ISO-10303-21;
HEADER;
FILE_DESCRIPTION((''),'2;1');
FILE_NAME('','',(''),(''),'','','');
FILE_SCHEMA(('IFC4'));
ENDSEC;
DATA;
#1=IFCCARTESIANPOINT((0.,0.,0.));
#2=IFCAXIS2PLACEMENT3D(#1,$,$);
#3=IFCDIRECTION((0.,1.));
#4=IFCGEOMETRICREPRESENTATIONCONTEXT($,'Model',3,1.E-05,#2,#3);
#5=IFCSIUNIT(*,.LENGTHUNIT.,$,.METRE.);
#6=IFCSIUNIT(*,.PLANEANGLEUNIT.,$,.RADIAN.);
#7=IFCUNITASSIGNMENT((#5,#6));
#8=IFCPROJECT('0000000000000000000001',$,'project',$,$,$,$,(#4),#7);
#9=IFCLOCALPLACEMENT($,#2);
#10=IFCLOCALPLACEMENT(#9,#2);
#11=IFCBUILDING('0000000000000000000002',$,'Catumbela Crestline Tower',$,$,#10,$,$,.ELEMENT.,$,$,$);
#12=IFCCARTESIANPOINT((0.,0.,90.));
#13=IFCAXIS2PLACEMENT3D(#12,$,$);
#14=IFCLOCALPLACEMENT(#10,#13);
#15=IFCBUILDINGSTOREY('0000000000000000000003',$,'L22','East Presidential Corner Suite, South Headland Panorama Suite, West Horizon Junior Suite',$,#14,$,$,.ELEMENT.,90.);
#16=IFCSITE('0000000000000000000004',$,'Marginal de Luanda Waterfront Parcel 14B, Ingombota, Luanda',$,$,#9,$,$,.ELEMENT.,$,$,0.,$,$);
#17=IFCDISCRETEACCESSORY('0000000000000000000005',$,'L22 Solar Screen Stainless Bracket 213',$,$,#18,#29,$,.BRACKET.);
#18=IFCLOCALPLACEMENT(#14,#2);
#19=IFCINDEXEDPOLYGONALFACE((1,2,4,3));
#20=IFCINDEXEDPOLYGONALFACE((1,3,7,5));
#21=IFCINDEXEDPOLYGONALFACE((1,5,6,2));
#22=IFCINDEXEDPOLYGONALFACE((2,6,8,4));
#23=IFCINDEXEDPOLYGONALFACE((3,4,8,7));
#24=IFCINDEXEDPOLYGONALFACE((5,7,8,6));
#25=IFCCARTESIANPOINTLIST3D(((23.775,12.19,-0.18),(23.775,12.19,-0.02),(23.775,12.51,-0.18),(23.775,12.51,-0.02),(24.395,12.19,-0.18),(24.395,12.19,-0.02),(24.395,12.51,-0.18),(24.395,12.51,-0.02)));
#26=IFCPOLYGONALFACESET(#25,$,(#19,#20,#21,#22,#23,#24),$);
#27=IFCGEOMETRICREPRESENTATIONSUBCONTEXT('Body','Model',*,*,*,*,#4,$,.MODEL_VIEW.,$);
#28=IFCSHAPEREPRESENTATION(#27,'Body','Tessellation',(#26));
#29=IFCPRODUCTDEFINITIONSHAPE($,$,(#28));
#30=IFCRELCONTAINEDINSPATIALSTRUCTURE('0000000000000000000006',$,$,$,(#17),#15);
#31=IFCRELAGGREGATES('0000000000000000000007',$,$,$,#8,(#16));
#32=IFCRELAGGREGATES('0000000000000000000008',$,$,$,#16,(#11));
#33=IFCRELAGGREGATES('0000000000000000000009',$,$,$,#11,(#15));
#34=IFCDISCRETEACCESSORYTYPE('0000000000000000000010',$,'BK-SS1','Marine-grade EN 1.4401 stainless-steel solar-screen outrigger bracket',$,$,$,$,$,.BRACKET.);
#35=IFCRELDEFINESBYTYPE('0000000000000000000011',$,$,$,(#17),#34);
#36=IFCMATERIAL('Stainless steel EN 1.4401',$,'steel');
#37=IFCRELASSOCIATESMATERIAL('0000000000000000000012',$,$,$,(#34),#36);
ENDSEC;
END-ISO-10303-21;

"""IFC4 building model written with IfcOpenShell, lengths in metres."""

from ifc_helpers import new_model, si_unit, direction, frame, origin, origin_2d, place, context, subcontext, project, spatial, rectangle, extrude, material, type_object, element, save


model = new_model("IFC4")

# Units and contexts
model_context = context("Model", 3, precision=1e-05, world=origin(), true_north=direction((0.0, 1.0)))
body_context = subcontext(model_context, "Body", "Model", "MODEL_VIEW")
ifc_project = project(units=[si_unit("LENGTHUNIT", "METRE"), si_unit("PLANEANGLEUNIT", "RADIAN")], contexts=[model_context])

# Site, building, storey
site_placement = place(None, origin())
site = spatial("IfcSite", under=ifc_project, at=site_placement, Name="Marginal de Luanda Waterfront Parcel 14B, Ingombota, Luanda", CompositionType="ELEMENT", RefElevation=0.0)
building_placement = place(site_placement, origin())
building = spatial("IfcBuilding", under=site, at=building_placement, Name="Catumbela Crestline Tower", CompositionType="ELEMENT")
storey_placement = place(building_placement, frame((0.0, 0.0, 90.0)))
storey = spatial("IfcBuildingStorey", under=building, at=storey_placement, Name="L22", Description="East Presidential Corner Suite, South Headland Panorama Suite, West Horizon Junior Suite", CompositionType="ELEMENT", Elevation=90.0)

# Discrete accessory
ifc_material_1 = material(Name="Stainless steel EN 1.4401", Category="steel")
discrete_accessory_type = type_object("IfcDiscreteAccessoryType", Name="BK-SS1", Description="Marine-grade EN 1.4401 stainless-steel solar-screen outrigger bracket", PredefinedType="BRACKET", material=ifc_material_1)
discrete_accessory_placement = place(storey_placement, frame((24.085, 12.35, -0.18), z_axis=(0.0, 0.0, 1.0), x_axis=(0.0, 1.0, 0.0)))
element("IfcDiscreteAccessory", 1, at=discrete_accessory_placement, inside=storey, type_object=discrete_accessory_type, Name="L22 Solar Screen Stainless Bracket 213", PredefinedType="BRACKET", context=body_context, shape_type="SweptSolid", body=[
    extrude(rectangle(XDim=0.32, YDim=0.62, at=origin_2d()), origin(), (0.0, 0.0, 1.0), 0.16),
])

save(model, "model.ifc")
